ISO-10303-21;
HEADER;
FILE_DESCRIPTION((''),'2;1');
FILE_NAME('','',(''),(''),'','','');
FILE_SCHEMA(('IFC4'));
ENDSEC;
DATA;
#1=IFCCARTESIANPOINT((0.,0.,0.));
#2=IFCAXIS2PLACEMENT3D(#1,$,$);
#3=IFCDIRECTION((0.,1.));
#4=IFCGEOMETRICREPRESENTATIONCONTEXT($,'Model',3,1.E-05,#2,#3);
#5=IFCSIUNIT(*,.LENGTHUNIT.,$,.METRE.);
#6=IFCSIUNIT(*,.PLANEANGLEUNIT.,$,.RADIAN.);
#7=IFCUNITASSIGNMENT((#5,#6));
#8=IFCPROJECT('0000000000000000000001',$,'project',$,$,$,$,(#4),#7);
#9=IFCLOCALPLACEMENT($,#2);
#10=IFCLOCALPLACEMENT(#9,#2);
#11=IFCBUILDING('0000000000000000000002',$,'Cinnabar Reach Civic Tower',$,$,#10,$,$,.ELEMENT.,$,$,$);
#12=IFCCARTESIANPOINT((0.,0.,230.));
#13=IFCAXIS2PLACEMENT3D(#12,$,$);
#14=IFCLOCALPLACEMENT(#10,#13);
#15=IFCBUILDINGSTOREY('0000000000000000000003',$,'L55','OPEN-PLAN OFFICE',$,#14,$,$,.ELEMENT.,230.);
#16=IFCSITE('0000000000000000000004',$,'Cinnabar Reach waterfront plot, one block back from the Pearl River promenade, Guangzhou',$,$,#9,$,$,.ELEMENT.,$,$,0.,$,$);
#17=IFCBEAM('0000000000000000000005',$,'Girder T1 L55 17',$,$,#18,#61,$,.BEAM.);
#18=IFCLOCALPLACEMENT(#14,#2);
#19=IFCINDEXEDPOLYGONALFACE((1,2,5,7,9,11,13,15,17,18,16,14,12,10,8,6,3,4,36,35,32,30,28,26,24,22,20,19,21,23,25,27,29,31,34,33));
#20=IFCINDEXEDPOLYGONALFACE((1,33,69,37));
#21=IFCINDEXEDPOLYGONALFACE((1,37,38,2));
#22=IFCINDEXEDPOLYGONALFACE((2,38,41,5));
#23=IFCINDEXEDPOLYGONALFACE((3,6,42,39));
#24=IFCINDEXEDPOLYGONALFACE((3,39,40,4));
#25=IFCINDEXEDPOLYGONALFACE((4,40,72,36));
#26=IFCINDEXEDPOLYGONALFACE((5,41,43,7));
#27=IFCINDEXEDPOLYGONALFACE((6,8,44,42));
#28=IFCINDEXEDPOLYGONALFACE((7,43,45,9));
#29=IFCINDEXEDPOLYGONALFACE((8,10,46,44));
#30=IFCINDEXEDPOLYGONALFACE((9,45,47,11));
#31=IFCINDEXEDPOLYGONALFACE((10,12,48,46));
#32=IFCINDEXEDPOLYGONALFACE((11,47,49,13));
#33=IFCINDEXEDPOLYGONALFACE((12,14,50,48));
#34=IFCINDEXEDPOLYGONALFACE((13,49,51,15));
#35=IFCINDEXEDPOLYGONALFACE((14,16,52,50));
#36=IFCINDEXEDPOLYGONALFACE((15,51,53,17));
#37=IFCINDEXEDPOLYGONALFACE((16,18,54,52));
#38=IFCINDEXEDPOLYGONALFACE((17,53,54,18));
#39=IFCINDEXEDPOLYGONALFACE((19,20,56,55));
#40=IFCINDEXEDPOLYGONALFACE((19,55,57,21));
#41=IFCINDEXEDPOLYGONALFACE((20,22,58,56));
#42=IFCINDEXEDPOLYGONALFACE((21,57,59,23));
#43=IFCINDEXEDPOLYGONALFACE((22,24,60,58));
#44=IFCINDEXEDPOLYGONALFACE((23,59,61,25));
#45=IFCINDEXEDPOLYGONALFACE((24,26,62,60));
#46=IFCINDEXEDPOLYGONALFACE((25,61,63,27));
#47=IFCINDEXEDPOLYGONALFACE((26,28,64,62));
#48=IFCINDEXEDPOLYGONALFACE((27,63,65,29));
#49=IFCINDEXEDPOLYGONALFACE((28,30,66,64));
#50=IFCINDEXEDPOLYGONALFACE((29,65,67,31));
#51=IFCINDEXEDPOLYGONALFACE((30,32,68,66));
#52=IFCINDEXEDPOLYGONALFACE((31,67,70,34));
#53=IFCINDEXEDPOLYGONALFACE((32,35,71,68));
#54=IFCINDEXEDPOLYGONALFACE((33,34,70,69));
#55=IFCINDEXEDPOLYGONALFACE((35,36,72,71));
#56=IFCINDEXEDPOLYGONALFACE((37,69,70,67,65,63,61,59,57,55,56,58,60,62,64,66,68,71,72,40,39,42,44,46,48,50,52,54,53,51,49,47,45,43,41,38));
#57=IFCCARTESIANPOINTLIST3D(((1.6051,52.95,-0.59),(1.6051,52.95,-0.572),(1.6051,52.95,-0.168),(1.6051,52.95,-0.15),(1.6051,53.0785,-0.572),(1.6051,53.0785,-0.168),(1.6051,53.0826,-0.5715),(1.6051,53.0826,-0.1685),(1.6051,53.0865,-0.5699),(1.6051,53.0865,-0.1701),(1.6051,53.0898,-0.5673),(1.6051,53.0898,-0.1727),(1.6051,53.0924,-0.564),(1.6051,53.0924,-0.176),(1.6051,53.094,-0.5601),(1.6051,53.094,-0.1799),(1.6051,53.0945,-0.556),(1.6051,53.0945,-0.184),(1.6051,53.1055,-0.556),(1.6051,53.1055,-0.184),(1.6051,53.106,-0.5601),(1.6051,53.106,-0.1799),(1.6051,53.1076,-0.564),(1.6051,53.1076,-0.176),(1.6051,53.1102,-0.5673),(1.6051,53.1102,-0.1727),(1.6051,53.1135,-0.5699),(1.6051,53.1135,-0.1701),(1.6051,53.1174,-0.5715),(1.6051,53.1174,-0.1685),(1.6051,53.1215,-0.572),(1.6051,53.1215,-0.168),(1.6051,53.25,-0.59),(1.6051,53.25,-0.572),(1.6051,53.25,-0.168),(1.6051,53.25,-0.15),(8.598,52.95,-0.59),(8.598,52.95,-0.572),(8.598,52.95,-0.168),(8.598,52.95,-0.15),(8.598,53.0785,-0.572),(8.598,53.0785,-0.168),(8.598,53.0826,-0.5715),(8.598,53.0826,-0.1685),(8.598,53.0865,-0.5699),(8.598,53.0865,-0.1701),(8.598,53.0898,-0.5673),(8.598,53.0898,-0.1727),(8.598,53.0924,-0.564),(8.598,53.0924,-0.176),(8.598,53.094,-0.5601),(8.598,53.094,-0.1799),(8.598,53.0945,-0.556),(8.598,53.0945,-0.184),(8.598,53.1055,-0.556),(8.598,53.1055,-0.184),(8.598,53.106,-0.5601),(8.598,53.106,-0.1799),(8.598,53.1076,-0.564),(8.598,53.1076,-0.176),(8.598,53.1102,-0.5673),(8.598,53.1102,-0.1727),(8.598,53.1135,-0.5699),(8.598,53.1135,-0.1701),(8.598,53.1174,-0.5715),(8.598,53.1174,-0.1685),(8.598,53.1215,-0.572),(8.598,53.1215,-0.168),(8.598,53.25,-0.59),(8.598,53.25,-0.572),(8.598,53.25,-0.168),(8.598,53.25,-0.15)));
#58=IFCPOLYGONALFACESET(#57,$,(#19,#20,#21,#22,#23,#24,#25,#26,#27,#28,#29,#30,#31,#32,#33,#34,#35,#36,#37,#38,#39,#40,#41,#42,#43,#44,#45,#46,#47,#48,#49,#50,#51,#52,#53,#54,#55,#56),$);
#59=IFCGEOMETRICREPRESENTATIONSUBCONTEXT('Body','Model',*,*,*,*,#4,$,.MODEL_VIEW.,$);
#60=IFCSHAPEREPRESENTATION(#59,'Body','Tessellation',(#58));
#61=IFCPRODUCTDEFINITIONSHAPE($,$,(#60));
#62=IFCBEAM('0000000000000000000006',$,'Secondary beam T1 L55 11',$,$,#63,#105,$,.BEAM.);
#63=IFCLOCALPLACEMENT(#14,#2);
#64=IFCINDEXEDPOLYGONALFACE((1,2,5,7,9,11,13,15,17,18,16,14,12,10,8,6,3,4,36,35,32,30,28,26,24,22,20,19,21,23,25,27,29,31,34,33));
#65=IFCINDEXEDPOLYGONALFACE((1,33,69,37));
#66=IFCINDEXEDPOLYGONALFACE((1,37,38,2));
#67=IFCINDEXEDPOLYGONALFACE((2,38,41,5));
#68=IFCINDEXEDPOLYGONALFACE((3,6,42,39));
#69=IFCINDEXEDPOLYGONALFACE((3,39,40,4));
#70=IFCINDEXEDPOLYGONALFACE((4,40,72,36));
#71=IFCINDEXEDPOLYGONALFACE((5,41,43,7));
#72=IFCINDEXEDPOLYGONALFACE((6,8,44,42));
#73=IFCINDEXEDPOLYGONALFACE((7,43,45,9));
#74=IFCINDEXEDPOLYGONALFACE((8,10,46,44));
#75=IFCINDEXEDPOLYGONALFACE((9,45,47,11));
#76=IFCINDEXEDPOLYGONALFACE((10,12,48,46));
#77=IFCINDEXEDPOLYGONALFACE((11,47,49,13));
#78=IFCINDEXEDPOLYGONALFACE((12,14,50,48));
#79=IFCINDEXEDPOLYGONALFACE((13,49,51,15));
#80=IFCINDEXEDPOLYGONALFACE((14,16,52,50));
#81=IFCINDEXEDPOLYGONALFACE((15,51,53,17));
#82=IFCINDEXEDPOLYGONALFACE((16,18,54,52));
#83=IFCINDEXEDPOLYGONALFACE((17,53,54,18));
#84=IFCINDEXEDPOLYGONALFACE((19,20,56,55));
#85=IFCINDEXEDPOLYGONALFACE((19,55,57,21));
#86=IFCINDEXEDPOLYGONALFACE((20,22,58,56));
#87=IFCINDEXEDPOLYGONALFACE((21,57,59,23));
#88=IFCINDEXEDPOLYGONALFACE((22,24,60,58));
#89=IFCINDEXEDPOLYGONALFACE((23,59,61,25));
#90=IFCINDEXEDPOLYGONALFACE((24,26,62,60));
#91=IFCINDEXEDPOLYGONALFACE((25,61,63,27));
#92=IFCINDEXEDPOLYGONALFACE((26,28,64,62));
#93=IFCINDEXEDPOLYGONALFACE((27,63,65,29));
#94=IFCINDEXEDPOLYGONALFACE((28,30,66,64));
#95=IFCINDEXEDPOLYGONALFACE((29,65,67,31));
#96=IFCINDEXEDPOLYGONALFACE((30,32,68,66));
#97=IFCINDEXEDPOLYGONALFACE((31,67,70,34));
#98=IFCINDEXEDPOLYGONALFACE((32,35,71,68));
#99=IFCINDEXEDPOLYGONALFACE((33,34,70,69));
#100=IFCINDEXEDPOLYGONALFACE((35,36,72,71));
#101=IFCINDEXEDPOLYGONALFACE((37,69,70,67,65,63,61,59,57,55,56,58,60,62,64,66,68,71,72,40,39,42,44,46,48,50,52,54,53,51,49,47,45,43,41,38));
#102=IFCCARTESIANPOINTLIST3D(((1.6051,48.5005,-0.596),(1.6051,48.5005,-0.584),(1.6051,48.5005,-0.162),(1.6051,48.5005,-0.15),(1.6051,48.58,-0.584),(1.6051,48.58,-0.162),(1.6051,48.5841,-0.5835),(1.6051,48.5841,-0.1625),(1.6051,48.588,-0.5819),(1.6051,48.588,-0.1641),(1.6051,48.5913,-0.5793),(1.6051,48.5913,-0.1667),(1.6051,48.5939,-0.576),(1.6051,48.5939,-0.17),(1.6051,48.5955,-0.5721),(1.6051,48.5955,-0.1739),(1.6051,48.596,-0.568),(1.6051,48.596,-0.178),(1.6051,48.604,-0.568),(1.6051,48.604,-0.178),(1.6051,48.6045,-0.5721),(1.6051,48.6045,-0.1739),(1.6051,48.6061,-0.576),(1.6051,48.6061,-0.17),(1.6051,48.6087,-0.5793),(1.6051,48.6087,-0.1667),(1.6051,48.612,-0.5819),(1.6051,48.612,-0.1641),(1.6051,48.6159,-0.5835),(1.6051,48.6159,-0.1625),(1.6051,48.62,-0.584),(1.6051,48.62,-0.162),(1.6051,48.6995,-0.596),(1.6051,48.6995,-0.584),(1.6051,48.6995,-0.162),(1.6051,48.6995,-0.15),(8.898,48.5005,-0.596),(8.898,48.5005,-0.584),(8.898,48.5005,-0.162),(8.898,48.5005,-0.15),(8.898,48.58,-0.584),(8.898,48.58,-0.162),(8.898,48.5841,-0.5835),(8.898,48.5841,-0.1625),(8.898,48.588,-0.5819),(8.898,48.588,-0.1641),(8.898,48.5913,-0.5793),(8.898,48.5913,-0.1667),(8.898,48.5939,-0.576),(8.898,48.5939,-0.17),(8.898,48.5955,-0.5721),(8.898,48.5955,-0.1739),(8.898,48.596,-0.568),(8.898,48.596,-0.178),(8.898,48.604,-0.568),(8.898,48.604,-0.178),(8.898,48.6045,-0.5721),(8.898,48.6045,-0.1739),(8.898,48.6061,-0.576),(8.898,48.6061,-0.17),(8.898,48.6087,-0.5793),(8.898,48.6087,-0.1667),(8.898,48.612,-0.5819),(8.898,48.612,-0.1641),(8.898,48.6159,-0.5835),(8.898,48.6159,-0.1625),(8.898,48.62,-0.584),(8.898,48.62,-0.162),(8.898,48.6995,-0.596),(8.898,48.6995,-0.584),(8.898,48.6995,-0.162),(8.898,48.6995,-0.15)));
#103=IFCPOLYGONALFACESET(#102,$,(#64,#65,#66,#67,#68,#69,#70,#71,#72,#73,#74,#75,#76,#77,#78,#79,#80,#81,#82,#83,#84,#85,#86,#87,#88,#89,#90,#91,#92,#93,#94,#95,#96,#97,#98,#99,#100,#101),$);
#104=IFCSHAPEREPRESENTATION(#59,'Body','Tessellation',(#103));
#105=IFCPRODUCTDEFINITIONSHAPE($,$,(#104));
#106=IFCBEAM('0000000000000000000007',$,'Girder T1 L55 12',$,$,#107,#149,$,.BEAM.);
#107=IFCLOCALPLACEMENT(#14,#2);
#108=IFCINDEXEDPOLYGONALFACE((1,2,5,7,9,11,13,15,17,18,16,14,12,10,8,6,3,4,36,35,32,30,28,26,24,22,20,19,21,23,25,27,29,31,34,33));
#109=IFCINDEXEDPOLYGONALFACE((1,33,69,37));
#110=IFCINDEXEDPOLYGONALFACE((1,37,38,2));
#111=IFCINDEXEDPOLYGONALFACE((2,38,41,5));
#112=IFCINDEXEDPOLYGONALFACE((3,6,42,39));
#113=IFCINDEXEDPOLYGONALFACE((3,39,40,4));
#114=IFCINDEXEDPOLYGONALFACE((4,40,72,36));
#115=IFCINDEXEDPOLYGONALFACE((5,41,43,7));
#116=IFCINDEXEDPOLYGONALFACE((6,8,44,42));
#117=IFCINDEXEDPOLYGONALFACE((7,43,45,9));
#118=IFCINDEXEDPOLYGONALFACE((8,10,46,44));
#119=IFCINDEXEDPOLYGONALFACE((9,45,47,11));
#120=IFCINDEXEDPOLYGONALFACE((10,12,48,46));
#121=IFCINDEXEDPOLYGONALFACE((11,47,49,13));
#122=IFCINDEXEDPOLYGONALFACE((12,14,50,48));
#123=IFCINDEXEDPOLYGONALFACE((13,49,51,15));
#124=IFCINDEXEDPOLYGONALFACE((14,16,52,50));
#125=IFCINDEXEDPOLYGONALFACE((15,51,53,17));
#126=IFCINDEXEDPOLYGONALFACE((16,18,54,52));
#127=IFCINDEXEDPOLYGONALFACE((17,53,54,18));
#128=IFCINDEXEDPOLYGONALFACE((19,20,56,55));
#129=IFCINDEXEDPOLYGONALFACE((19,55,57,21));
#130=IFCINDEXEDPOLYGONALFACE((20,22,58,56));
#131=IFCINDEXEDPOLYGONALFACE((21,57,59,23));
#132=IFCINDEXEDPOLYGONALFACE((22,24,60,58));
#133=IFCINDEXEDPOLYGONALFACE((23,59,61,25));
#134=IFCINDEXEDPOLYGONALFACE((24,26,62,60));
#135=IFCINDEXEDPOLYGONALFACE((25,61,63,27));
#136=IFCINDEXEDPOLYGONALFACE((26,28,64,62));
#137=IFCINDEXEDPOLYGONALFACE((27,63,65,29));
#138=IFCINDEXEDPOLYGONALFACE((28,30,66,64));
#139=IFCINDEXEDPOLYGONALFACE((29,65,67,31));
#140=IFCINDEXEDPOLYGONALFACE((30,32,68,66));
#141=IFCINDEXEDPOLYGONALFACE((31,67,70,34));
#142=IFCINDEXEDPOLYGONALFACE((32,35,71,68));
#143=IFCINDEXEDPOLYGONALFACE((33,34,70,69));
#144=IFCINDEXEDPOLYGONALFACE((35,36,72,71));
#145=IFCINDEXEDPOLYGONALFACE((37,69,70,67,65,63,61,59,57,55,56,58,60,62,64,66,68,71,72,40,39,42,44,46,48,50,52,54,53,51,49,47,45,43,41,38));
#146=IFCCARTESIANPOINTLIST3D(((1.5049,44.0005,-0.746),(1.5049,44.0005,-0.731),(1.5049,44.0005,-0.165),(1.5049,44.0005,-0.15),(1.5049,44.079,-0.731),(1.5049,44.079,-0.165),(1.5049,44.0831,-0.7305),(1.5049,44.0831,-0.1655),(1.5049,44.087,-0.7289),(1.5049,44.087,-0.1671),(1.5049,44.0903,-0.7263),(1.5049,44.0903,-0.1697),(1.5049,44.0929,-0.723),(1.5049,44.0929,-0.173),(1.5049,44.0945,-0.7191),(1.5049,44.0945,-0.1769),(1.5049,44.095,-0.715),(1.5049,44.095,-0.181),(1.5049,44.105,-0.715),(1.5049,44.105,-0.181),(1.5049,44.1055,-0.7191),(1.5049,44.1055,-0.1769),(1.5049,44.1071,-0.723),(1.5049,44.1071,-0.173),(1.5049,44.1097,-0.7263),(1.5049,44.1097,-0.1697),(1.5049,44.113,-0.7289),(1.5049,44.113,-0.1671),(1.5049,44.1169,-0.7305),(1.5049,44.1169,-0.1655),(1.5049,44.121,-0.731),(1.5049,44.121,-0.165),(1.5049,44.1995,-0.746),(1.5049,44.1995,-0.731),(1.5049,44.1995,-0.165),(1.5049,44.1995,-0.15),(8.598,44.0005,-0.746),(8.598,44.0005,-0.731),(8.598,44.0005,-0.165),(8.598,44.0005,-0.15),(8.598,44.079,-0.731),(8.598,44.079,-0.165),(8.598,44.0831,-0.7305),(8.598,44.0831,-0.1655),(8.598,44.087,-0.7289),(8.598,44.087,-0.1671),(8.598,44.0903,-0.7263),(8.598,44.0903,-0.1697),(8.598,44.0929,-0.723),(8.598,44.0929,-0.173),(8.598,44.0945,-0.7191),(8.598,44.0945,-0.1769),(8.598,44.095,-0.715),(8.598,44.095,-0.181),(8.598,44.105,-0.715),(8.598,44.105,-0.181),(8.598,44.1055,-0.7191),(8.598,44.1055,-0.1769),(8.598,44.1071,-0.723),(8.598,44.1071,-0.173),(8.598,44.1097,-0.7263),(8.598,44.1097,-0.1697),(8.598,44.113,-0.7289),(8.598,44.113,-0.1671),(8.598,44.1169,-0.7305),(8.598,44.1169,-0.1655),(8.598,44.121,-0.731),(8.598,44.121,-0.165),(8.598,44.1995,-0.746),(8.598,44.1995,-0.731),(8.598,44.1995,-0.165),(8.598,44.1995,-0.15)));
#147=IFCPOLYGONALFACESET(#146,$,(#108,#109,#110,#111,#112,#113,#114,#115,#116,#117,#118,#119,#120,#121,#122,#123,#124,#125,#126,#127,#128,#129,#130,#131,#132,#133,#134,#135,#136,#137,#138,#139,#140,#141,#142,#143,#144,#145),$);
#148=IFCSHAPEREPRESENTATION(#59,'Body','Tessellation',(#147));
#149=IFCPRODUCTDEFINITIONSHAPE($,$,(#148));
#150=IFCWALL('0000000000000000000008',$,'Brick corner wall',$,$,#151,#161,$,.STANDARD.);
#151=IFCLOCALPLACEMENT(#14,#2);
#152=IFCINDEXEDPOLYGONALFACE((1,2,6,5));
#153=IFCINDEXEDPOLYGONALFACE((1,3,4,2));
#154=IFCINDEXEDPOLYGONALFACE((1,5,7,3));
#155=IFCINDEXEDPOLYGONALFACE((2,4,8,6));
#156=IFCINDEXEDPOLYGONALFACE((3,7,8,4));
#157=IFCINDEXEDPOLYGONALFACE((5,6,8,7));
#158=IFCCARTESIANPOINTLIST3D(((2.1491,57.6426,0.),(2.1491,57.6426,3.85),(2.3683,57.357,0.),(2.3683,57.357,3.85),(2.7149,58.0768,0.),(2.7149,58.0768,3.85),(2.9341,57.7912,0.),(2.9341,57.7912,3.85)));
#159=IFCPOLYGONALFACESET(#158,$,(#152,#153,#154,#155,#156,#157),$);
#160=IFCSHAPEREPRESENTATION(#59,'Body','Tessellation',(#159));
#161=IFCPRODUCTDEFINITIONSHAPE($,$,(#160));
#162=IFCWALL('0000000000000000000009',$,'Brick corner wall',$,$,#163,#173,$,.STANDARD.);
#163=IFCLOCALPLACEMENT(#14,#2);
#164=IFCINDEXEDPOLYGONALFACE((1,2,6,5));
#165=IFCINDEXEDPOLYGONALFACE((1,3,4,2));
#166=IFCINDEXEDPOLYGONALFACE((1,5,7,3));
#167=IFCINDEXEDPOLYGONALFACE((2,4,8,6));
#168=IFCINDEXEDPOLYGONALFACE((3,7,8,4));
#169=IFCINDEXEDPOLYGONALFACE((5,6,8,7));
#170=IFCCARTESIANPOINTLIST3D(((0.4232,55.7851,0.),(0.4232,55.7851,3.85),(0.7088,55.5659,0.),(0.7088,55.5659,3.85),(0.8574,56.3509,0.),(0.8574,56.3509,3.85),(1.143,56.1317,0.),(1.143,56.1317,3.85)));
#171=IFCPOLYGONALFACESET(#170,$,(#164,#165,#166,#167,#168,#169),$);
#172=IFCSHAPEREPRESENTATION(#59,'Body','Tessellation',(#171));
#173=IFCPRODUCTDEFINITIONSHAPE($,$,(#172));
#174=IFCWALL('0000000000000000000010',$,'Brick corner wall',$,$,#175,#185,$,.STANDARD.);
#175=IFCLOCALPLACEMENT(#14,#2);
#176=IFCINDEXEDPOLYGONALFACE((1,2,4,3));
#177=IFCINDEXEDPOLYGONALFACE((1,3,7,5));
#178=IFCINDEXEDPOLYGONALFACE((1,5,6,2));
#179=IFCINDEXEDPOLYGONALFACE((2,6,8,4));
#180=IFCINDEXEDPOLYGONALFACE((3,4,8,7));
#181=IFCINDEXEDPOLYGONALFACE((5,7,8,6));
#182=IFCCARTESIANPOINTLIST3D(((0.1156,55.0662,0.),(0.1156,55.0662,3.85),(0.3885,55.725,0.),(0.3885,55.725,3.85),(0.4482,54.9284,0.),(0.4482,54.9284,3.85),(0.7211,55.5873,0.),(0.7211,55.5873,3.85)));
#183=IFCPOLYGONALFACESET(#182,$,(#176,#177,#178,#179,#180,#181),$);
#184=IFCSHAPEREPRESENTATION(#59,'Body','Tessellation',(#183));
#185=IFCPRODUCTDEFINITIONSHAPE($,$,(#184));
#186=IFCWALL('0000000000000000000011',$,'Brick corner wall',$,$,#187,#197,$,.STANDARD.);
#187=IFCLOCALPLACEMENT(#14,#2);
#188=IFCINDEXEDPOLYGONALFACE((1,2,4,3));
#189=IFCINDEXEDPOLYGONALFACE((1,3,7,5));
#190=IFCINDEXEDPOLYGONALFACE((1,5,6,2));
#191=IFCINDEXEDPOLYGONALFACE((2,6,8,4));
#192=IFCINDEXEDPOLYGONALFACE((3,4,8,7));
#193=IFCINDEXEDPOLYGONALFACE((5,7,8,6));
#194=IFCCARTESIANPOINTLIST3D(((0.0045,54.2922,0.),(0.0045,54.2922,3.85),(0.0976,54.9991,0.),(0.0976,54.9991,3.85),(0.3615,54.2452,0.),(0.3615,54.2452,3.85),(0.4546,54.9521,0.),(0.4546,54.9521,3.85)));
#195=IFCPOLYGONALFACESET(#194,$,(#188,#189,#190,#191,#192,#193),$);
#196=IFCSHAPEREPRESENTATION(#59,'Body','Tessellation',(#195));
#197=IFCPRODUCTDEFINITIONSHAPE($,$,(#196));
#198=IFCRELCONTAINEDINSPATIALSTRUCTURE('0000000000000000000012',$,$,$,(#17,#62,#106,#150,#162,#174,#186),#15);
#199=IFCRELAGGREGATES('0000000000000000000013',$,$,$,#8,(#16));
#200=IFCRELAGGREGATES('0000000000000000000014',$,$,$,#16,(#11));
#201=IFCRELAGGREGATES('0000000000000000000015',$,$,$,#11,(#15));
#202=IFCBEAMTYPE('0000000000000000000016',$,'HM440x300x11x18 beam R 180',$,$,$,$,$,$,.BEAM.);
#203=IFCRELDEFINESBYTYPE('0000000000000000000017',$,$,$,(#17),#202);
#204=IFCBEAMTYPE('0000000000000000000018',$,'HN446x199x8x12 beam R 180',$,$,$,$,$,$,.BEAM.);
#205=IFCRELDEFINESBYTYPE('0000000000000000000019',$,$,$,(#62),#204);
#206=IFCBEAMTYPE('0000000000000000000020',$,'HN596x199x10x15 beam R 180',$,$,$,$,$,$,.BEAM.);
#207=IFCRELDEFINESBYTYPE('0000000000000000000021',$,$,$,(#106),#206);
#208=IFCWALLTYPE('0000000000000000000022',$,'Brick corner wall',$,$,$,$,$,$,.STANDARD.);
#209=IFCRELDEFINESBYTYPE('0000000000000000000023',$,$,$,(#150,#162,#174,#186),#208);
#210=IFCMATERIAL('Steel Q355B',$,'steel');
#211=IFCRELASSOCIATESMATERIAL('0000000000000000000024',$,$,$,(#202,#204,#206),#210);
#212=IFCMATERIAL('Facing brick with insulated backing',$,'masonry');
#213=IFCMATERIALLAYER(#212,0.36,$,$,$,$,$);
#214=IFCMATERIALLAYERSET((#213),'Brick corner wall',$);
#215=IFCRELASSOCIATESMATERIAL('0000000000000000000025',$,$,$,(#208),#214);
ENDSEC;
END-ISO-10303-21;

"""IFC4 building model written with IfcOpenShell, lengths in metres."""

from ifc_helpers import new_model, si_unit, direction, frame, frame_2d, origin, origin_2d, place, context, subcontext, project, spatial, rectangle, i_section, extrude, material, layer, layer_set, material_profile, profile_set, type_object, element, save


model = new_model("IFC4")

# Units and contexts
model_context = context("Model", 3, precision=1e-05, world=origin(), true_north=direction((0.0, 1.0)))
body_context = subcontext(model_context, "Body", "Model", "MODEL_VIEW")
ifc_project = project(units=[si_unit("LENGTHUNIT", "METRE"), si_unit("PLANEANGLEUNIT", "RADIAN")], contexts=[model_context])

# Site, building, storey
site_placement = place(None, origin())
site = spatial("IfcSite", under=ifc_project, at=site_placement, Name="Cinnabar Reach waterfront plot, one block back from the Pearl River promenade, Guangzhou", CompositionType="ELEMENT", RefElevation=0.0)
building_placement = place(site_placement, origin())
building = spatial("IfcBuilding", under=site, at=building_placement, Name="Cinnabar Reach Civic Tower", CompositionType="ELEMENT")
storey_placement = place(building_placement, frame((0.0, 0.0, 230.0)))
storey = spatial("IfcBuildingStorey", under=building, at=storey_placement, Name="L55", Description="OPEN-PLAN OFFICE", CompositionType="ELEMENT", Elevation=230.0)

# Beams
ifc_material_1 = material(Name="Steel Q355B", Category="steel")
ifc_material_profile_1 = material_profile(ifc_material_1, i_section(OverallWidth=0.3, OverallDepth=0.44, WebThickness=0.011, FlangeThickness=0.018, FilletRadius=0.016, at=origin_2d()), Name="HM440x300x11x18")
ifc_profile_set_1 = profile_set([ifc_material_profile_1], Name="Steel Q355B")
beam_type_1 = type_object("IfcBeamType", Name="HM440x300x11x18 beam R 180", PredefinedType="BEAM", material=ifc_profile_set_1)
beam_1_placement = place(storey_placement, frame((1.6051, 53.1, -0.37), z_axis=(1.0, 0.0, 0.0), x_axis=(0.0, 1.0, 0.0)))
element("IfcBeam", 1, at=beam_1_placement, inside=storey, type_object=beam_type_1, Name="Girder T1 L55 17", PredefinedType="BEAM", context=body_context, shape_type="SweptSolid", body=[
    extrude(i_section(OverallWidth=0.3, OverallDepth=0.44, WebThickness=0.011, FlangeThickness=0.018, FilletRadius=0.016, at=origin_2d()), origin(), (0.0, 0.0, 1.0), 6.9929),
])
ifc_material_profile_2 = material_profile(ifc_material_1, i_section(OverallWidth=0.199, OverallDepth=0.446, WebThickness=0.008, FlangeThickness=0.012, FilletRadius=0.016, at=origin_2d()), Name="HN446x199x8x12")
ifc_profile_set_2 = profile_set([ifc_material_profile_2], Name="Steel Q355B")
beam_type_2 = type_object("IfcBeamType", Name="HN446x199x8x12 beam R 180", PredefinedType="BEAM", material=ifc_profile_set_2)
beam_2_placement = place(storey_placement, frame((1.6051, 48.6, -0.373), z_axis=(1.0, 0.0, 0.0), x_axis=(0.0, 1.0, 0.0)))
element("IfcBeam", 2, at=beam_2_placement, inside=storey, type_object=beam_type_2, Name="Secondary beam T1 L55 11", PredefinedType="BEAM", context=body_context, shape_type="SweptSolid", body=[
    extrude(i_section(OverallWidth=0.199, OverallDepth=0.446, WebThickness=0.008, FlangeThickness=0.012, FilletRadius=0.016, at=origin_2d()), origin(), (0.0, 0.0, 1.0), 7.2929),
])
ifc_material_profile_3 = material_profile(ifc_material_1, i_section(OverallWidth=0.199, OverallDepth=0.596, WebThickness=0.01, FlangeThickness=0.015, FilletRadius=0.016, at=origin_2d()), Name="HN596x199x10x15")
ifc_profile_set_3 = profile_set([ifc_material_profile_3], Name="Steel Q355B")
beam_type_3 = type_object("IfcBeamType", Name="HN596x199x10x15 beam R 180", PredefinedType="BEAM", material=ifc_profile_set_3)
beam_3_placement = place(storey_placement, frame((1.5049, 44.1, -0.448), z_axis=(1.0, 0.0, 0.0), x_axis=(0.0, 1.0, 0.0)))
element("IfcBeam", 3, at=beam_3_placement, inside=storey, type_object=beam_type_3, Name="Girder T1 L55 12", PredefinedType="BEAM", context=body_context, shape_type="SweptSolid", body=[
    extrude(i_section(OverallWidth=0.199, OverallDepth=0.596, WebThickness=0.01, FlangeThickness=0.015, FilletRadius=0.016, at=origin_2d()), origin(), (0.0, 0.0, 1.0), 7.0931),
])

# Walls
ifc_material_2 = material(Name="Facing brick with insulated backing", Category="masonry")
ifc_layer_1 = layer(ifc_material_2, 0.36)
ifc_layer_set_1 = layer_set([ifc_layer_1], Name="Brick corner wall")
wall_type_1 = type_object("IfcWallType", Name="Brick corner wall", PredefinedType="STANDARD", material=ifc_layer_set_1)
for number, where, z_axis, x_axis, name in (
    (4, (2.8245, 57.934, 0.0), (0.0, 0.0, 1.0), (-0.793322, -0.608802, 0.0), "Brick corner wall"),
    (5, (1.0002, 56.2413, 0.0), (0.0, 0.0, 1.0), (-0.608802, -0.793322, 0.0), "Brick corner wall"),
):
    element("IfcWall", number, at=place(storey_placement, frame(where, z_axis=z_axis, x_axis=x_axis)), inside=storey, type_object=wall_type_1, Name=name, PredefinedType="STANDARD", context=body_context, shape_type="SweptSolid", body=[
        extrude(rectangle(XDim=0.7132, YDim=0.36, at=frame_2d((0.3566, 0.0))), origin(), (0.0, 0.0, 1.0), 3.85),
    ])
for number, where, z_axis, x_axis, name in (
    (6, (0.5548, 55.6561, 0.0), (0.0, 0.0, 1.0), (-0.382703, -0.923872, 0.0), "Brick corner wall"),
    (7, (0.2761, 54.9756, 0.0), (0.0, 0.0, 1.0), (-0.130556, -0.991441, 0.0), "Brick corner wall"),
):
    element("IfcWall", number, at=place(storey_placement, frame(where, z_axis=z_axis, x_axis=x_axis)), inside=storey, type_object=wall_type_1, Name=name, PredefinedType="STANDARD", context=body_context, shape_type="SweptSolid", body=[
        extrude(rectangle(XDim=0.7131, YDim=0.36, at=frame_2d((0.3565, 0.0))), origin(), (0.0, 0.0, 1.0), 3.85),
    ])

save(model, "model.ifc")
